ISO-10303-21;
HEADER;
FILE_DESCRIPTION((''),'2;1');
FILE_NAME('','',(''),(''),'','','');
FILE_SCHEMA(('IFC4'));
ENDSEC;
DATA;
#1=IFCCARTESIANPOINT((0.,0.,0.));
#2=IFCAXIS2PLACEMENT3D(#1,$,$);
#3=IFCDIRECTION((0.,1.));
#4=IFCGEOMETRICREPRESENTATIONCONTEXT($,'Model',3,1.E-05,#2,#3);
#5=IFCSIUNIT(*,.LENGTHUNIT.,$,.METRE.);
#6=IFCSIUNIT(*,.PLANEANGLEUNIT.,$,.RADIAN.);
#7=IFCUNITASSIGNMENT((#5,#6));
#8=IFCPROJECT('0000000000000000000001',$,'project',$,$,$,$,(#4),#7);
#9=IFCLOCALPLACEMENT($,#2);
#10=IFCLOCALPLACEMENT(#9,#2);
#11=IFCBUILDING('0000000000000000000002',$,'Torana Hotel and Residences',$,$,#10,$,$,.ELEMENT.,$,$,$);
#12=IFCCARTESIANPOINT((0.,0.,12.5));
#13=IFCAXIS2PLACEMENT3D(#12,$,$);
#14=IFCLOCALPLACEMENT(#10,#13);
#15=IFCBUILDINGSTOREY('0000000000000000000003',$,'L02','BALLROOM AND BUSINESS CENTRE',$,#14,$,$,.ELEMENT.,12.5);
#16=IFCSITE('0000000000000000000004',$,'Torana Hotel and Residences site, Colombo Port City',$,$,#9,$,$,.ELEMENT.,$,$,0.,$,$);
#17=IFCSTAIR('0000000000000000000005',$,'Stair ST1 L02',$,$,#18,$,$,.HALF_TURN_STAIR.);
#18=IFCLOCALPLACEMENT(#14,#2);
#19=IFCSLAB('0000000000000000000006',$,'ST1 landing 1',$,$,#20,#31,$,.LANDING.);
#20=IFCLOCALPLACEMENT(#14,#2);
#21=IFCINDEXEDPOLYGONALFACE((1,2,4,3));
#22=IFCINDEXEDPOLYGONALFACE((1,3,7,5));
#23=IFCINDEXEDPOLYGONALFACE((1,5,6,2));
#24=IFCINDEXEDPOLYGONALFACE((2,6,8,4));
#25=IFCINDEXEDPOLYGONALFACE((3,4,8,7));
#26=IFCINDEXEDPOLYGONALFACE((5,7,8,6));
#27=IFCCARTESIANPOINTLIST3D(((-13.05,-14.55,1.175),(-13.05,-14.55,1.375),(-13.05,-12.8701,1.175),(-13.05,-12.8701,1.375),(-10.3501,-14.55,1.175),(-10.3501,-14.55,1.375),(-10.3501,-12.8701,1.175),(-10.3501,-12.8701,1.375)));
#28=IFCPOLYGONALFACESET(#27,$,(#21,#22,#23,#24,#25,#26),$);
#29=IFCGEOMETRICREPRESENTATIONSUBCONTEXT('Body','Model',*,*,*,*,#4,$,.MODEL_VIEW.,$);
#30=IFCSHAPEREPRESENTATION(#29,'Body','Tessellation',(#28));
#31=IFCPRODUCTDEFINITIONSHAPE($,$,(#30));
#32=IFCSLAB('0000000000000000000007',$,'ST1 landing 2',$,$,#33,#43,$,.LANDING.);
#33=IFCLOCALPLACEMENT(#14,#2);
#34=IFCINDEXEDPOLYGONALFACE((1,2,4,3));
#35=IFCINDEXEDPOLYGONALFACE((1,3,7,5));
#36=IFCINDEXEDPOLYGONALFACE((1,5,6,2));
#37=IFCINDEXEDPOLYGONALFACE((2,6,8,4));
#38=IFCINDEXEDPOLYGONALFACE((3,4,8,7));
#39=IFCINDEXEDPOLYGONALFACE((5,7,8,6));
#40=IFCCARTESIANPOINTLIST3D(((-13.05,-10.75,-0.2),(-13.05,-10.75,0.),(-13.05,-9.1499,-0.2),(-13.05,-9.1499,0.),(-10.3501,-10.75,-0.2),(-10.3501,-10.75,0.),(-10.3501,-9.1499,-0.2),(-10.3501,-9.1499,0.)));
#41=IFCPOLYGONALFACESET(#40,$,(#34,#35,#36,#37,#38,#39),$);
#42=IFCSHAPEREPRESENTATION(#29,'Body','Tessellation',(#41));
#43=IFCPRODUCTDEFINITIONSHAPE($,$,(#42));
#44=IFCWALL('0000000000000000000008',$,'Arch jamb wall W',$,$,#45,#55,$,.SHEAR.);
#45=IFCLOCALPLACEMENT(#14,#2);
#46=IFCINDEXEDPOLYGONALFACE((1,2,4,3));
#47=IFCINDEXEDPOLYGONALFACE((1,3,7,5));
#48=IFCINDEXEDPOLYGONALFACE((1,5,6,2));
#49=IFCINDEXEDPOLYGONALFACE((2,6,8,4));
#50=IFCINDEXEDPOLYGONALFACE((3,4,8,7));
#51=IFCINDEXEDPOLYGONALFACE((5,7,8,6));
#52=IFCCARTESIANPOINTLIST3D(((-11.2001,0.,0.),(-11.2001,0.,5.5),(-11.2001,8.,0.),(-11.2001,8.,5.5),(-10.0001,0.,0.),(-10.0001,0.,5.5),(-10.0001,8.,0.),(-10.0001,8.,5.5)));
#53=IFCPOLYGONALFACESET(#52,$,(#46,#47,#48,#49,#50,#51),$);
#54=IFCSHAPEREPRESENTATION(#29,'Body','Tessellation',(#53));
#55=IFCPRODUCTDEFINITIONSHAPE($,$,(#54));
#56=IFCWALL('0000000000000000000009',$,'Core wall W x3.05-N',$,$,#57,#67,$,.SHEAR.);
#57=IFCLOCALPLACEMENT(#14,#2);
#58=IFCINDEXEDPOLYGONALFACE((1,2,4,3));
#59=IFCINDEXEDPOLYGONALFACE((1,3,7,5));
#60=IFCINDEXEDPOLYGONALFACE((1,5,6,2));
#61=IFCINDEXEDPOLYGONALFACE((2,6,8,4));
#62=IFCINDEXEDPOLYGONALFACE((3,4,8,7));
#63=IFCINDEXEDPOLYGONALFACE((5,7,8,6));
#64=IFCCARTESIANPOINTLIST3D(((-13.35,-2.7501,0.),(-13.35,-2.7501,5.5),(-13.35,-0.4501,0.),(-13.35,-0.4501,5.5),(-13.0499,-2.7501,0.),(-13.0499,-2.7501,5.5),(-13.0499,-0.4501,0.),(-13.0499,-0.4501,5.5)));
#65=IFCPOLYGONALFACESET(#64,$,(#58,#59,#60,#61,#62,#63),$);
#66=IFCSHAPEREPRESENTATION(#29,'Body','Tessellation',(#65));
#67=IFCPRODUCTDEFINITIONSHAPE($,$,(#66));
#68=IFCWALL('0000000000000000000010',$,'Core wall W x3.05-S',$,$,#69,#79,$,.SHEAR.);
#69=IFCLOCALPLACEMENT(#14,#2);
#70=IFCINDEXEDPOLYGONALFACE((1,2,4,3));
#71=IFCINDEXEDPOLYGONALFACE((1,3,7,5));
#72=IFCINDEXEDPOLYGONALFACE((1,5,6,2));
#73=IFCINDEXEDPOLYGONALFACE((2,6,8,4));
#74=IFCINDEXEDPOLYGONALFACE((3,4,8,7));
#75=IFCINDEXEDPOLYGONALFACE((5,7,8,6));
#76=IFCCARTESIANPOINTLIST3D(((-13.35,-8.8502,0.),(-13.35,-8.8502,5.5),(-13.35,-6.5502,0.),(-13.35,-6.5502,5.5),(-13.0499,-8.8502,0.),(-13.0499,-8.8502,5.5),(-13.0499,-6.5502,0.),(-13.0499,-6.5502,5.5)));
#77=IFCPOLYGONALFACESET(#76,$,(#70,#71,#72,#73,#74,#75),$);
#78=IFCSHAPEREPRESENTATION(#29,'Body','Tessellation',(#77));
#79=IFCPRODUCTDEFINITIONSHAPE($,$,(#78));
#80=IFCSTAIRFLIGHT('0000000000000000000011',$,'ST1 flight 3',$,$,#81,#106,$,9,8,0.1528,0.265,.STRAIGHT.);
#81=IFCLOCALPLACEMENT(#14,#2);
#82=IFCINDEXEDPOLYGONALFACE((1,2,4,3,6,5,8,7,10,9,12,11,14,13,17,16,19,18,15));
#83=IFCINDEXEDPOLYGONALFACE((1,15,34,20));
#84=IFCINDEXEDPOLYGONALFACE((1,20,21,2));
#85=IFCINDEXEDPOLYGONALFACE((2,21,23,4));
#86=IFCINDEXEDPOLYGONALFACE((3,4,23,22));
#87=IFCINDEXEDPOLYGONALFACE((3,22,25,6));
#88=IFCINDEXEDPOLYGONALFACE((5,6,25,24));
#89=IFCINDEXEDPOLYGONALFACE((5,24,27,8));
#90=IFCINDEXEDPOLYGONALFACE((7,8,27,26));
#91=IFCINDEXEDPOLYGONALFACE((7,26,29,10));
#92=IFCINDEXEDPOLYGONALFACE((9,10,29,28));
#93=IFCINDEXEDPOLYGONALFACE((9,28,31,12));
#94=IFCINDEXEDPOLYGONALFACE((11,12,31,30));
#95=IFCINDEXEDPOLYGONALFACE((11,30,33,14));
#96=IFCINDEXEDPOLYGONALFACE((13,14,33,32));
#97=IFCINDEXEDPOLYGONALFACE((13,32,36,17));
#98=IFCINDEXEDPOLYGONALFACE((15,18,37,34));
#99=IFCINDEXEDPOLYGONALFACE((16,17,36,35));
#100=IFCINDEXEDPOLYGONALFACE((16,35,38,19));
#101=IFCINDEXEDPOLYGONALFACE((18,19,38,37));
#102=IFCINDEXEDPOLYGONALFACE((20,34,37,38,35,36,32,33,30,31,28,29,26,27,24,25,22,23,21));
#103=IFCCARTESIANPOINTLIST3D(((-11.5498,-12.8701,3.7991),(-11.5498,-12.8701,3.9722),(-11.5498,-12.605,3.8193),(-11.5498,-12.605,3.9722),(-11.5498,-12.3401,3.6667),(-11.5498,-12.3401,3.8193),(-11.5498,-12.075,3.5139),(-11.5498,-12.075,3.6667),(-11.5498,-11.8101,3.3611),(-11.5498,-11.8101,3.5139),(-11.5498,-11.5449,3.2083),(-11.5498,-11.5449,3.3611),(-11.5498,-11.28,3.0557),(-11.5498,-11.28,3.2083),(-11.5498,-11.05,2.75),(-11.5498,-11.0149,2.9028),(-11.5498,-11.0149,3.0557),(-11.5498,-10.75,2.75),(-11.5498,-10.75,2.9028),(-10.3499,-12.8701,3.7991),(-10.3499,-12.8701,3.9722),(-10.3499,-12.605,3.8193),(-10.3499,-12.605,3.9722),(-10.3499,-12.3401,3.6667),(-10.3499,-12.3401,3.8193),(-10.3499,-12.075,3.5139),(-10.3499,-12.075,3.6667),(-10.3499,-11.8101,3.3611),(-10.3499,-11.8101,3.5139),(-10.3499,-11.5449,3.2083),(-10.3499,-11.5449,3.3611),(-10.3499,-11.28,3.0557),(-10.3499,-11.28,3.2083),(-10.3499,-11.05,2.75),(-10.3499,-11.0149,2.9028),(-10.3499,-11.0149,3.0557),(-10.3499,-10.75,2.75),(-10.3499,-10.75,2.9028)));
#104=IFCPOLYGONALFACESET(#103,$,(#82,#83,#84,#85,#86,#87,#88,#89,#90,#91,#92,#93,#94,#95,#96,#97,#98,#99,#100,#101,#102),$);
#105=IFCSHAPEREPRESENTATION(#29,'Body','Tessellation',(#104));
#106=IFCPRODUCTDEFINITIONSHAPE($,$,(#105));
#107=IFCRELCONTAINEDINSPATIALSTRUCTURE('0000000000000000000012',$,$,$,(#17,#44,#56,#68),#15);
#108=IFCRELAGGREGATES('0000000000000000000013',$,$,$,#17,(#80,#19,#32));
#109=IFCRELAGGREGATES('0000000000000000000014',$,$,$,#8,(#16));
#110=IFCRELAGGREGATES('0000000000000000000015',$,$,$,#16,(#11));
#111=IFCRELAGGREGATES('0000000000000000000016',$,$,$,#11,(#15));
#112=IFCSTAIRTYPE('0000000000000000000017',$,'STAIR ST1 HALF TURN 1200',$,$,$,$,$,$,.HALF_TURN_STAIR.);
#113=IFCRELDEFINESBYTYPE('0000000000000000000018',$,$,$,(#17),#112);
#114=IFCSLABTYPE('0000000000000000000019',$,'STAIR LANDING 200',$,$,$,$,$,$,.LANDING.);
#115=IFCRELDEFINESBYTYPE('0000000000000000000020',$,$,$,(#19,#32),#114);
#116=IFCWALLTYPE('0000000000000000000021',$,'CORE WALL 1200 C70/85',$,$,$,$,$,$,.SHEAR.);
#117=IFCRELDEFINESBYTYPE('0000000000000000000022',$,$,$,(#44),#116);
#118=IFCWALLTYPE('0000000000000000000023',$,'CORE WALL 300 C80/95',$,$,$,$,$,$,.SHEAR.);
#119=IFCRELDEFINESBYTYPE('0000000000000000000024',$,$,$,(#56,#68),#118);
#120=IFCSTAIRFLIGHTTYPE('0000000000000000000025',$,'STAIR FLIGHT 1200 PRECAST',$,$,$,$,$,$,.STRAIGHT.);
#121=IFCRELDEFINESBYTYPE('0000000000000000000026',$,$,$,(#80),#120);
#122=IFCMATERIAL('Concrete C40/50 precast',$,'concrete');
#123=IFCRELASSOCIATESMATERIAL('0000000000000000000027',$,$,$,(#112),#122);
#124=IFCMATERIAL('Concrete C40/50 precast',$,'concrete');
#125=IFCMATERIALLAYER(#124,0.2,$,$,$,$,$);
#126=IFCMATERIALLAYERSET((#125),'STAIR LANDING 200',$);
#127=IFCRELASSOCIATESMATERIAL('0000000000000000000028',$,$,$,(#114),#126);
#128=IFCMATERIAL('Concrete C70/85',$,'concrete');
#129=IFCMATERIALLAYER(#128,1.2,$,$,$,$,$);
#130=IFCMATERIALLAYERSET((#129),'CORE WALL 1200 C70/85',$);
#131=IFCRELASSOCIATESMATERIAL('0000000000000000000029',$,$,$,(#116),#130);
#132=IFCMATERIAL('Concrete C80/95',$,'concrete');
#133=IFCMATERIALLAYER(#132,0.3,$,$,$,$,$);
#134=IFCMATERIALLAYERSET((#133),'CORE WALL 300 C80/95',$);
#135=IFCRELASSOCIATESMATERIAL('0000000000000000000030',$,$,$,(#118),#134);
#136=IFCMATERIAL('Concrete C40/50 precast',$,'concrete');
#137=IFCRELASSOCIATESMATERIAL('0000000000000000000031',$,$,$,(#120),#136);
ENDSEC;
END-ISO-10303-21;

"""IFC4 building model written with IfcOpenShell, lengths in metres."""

from ifc_helpers import new_model, si_unit, direction, frame, frame_2d, origin, place, context, subcontext, project, spatial, polyline, rectangle, outline, extrude, material, layer, layer_set, type_object, element, aggregate, save


model = new_model("IFC4")

# Units and contexts
model_context = context("Model", 3, precision=1e-05, world=origin(), true_north=direction((0.0, 1.0)))
body_context = subcontext(model_context, "Body", "Model", "MODEL_VIEW")
ifc_project = project(units=[si_unit("LENGTHUNIT", "METRE"), si_unit("PLANEANGLEUNIT", "RADIAN")], contexts=[model_context])

# Site, building, storey
site_placement = place(None, origin())
site = spatial("IfcSite", under=ifc_project, at=site_placement, Name="Torana Hotel and Residences site, Colombo Port City", CompositionType="ELEMENT", RefElevation=0.0)
building_placement = place(site_placement, origin())
building = spatial("IfcBuilding", under=site, at=building_placement, Name="Torana Hotel and Residences", CompositionType="ELEMENT")
storey_placement = place(building_placement, frame((0.0, 0.0, 12.5)))
storey = spatial("IfcBuildingStorey", under=building, at=storey_placement, Name="L02", Description="BALLROOM AND BUSINESS CENTRE", CompositionType="ELEMENT", Elevation=12.5)

# Stair, slabs
ifc_material_1 = material(Name="Concrete C40/50 precast", Category="concrete")
stair_type = type_object("IfcStairType", Name="STAIR ST1 HALF TURN 1200", PredefinedType="HALF_TURN_STAIR", material=ifc_material_1)
stair_placement = place(storey_placement, origin())
stair = element("IfcStair", 1, at=stair_placement, inside=storey, type_object=stair_type, Name="Stair ST1 L02", PredefinedType="HALF_TURN_STAIR")
ifc_material_2 = material(Name="Concrete C40/50 precast", Category="concrete")
ifc_layer_1 = layer(ifc_material_2, 0.2)
ifc_layer_set_1 = layer_set([ifc_layer_1], Name="STAIR LANDING 200")
slab_type_1 = type_object("IfcSlabType", Name="STAIR LANDING 200", PredefinedType="LANDING", material=ifc_layer_set_1)
slab_1_placement = place(storey_placement, frame((0.0, 0.0, 1.175)))
slab_1 = element("IfcSlab", 2, at=slab_1_placement, type_object=slab_type_1, Name="ST1 landing 1", PredefinedType="LANDING", context=body_context, shape_type="SweptSolid", body=[
    extrude(outline(polyline([(-13.05, -14.55), (-10.3501, -14.55), (-10.3501, -12.8701), (-13.05, -12.8701), (-13.05, -14.55)])), origin(), (0.0, 0.0, 1.0), 0.2),
])
slab_2_placement = place(storey_placement, frame((0.0, 0.0, -0.2)))
slab_2 = element("IfcSlab", 3, at=slab_2_placement, type_object=slab_type_1, Name="ST1 landing 2", PredefinedType="LANDING", context=body_context, shape_type="SweptSolid", body=[
    extrude(outline(polyline([(-13.05, -10.75), (-10.3501, -10.75), (-10.3501, -9.1499), (-13.05, -9.1499), (-13.05, -10.75)])), origin(), (0.0, 0.0, 1.0), 0.2),
])

# Walls
ifc_material_3 = material(Name="Concrete C70/85", Category="concrete")
ifc_layer_2 = layer(ifc_material_3, 1.2)
ifc_layer_set_2 = layer_set([ifc_layer_2], Name="CORE WALL 1200 C70/85")
wall_type_1 = type_object("IfcWallType", Name="CORE WALL 1200 C70/85", PredefinedType="SHEAR", material=ifc_layer_set_2)
wall_placement = place(storey_placement, frame((-10.6001, 0.0, 0.0), z_axis=(0.0, 0.0, 1.0), x_axis=(0.0, 1.0, 0.0)))
element("IfcWall", 4, at=wall_placement, inside=storey, type_object=wall_type_1, Name="Arch jamb wall W", PredefinedType="SHEAR", context=body_context, shape_type="SweptSolid", body=[
    extrude(rectangle(XDim=8.0, YDim=1.2, at=frame_2d((4.0, 0.0))), origin(), (0.0, 0.0, 1.0), 5.5),
])
ifc_material_4 = material(Name="Concrete C80/95", Category="concrete")
ifc_layer_3 = layer(ifc_material_4, 0.3)
ifc_layer_set_3 = layer_set([ifc_layer_3], Name="CORE WALL 300 C80/95")
wall_type_2 = type_object("IfcWallType", Name="CORE WALL 300 C80/95", PredefinedType="SHEAR", material=ifc_layer_set_3)
for number, where, z_axis, x_axis, name in (
    (5, (-13.2, -2.75, 0.0), (0.0, 0.0, 1.0), (0.0, 1.0, 0.0), "Core wall W x3.05-N"),
    (6, (-13.2, -8.8501, 0.0), (0.0, 0.0, 1.0), (0.0, 1.0, 0.0), "Core wall W x3.05-S"),
):
    element("IfcWall", number, at=place(storey_placement, frame(where, z_axis=z_axis, x_axis=x_axis)), inside=storey, type_object=wall_type_2, Name=name, PredefinedType="SHEAR", context=body_context, shape_type="SweptSolid", body=[
        extrude(rectangle(XDim=2.3, YDim=0.3, at=frame_2d((1.1499, 0.0))), origin(), (0.0, 0.0, 1.0), 5.5),
    ])

# Stair flight
ifc_material_5 = material(Name="Concrete C40/50 precast", Category="concrete")
stair_flight_type = type_object("IfcStairFlightType", Name="STAIR FLIGHT 1200 PRECAST", PredefinedType="STRAIGHT", material=ifc_material_5)
stair_flight_placement = place(storey_placement, frame((-10.95, -10.75, 2.75), z_axis=(0.0, 0.0, 1.0), x_axis=(0.0, -1.0, 0.0)))
stair_flight = element("IfcStairFlight", 7, at=stair_flight_placement, type_object=stair_flight_type, Name="ST1 flight 3", NumberOfRisers=9, NumberOfTreads=8, PredefinedType="STRAIGHT", RiserHeight=0.1528, TreadLength=0.265, context=body_context, shape_type="SweptSolid", body=[
    extrude(outline(polyline([(0.0, 0.0), (0.0, 0.1528), (0.2649, 0.1528), (0.2649, 0.3057), (0.53, 0.3057), (0.53, 0.4583), (0.7949, 0.4583), (0.7949, 0.6111), (1.0601, 0.6111), (1.0601, 0.7639), (1.325, 0.7639), (1.325, 0.9167), (1.5901, 0.9167), (1.5901, 1.0693), (1.855, 1.0693), (1.855, 1.2222), (2.1201, 1.2222), (2.1201, 1.375), (2.1201, 1.0491), (0.3, 0.0), (0.0, 0.0)])), frame((0.0, 0.6001, 0.0), z_axis=(0.0, -1.0, 0.0), x_axis=(1.0, 0.0, 0.0)), (0.0, 0.0, 1.0), 1.2),
])
aggregate(stair, [stair_flight, slab_1, slab_2])

save(model, "model.ifc")
